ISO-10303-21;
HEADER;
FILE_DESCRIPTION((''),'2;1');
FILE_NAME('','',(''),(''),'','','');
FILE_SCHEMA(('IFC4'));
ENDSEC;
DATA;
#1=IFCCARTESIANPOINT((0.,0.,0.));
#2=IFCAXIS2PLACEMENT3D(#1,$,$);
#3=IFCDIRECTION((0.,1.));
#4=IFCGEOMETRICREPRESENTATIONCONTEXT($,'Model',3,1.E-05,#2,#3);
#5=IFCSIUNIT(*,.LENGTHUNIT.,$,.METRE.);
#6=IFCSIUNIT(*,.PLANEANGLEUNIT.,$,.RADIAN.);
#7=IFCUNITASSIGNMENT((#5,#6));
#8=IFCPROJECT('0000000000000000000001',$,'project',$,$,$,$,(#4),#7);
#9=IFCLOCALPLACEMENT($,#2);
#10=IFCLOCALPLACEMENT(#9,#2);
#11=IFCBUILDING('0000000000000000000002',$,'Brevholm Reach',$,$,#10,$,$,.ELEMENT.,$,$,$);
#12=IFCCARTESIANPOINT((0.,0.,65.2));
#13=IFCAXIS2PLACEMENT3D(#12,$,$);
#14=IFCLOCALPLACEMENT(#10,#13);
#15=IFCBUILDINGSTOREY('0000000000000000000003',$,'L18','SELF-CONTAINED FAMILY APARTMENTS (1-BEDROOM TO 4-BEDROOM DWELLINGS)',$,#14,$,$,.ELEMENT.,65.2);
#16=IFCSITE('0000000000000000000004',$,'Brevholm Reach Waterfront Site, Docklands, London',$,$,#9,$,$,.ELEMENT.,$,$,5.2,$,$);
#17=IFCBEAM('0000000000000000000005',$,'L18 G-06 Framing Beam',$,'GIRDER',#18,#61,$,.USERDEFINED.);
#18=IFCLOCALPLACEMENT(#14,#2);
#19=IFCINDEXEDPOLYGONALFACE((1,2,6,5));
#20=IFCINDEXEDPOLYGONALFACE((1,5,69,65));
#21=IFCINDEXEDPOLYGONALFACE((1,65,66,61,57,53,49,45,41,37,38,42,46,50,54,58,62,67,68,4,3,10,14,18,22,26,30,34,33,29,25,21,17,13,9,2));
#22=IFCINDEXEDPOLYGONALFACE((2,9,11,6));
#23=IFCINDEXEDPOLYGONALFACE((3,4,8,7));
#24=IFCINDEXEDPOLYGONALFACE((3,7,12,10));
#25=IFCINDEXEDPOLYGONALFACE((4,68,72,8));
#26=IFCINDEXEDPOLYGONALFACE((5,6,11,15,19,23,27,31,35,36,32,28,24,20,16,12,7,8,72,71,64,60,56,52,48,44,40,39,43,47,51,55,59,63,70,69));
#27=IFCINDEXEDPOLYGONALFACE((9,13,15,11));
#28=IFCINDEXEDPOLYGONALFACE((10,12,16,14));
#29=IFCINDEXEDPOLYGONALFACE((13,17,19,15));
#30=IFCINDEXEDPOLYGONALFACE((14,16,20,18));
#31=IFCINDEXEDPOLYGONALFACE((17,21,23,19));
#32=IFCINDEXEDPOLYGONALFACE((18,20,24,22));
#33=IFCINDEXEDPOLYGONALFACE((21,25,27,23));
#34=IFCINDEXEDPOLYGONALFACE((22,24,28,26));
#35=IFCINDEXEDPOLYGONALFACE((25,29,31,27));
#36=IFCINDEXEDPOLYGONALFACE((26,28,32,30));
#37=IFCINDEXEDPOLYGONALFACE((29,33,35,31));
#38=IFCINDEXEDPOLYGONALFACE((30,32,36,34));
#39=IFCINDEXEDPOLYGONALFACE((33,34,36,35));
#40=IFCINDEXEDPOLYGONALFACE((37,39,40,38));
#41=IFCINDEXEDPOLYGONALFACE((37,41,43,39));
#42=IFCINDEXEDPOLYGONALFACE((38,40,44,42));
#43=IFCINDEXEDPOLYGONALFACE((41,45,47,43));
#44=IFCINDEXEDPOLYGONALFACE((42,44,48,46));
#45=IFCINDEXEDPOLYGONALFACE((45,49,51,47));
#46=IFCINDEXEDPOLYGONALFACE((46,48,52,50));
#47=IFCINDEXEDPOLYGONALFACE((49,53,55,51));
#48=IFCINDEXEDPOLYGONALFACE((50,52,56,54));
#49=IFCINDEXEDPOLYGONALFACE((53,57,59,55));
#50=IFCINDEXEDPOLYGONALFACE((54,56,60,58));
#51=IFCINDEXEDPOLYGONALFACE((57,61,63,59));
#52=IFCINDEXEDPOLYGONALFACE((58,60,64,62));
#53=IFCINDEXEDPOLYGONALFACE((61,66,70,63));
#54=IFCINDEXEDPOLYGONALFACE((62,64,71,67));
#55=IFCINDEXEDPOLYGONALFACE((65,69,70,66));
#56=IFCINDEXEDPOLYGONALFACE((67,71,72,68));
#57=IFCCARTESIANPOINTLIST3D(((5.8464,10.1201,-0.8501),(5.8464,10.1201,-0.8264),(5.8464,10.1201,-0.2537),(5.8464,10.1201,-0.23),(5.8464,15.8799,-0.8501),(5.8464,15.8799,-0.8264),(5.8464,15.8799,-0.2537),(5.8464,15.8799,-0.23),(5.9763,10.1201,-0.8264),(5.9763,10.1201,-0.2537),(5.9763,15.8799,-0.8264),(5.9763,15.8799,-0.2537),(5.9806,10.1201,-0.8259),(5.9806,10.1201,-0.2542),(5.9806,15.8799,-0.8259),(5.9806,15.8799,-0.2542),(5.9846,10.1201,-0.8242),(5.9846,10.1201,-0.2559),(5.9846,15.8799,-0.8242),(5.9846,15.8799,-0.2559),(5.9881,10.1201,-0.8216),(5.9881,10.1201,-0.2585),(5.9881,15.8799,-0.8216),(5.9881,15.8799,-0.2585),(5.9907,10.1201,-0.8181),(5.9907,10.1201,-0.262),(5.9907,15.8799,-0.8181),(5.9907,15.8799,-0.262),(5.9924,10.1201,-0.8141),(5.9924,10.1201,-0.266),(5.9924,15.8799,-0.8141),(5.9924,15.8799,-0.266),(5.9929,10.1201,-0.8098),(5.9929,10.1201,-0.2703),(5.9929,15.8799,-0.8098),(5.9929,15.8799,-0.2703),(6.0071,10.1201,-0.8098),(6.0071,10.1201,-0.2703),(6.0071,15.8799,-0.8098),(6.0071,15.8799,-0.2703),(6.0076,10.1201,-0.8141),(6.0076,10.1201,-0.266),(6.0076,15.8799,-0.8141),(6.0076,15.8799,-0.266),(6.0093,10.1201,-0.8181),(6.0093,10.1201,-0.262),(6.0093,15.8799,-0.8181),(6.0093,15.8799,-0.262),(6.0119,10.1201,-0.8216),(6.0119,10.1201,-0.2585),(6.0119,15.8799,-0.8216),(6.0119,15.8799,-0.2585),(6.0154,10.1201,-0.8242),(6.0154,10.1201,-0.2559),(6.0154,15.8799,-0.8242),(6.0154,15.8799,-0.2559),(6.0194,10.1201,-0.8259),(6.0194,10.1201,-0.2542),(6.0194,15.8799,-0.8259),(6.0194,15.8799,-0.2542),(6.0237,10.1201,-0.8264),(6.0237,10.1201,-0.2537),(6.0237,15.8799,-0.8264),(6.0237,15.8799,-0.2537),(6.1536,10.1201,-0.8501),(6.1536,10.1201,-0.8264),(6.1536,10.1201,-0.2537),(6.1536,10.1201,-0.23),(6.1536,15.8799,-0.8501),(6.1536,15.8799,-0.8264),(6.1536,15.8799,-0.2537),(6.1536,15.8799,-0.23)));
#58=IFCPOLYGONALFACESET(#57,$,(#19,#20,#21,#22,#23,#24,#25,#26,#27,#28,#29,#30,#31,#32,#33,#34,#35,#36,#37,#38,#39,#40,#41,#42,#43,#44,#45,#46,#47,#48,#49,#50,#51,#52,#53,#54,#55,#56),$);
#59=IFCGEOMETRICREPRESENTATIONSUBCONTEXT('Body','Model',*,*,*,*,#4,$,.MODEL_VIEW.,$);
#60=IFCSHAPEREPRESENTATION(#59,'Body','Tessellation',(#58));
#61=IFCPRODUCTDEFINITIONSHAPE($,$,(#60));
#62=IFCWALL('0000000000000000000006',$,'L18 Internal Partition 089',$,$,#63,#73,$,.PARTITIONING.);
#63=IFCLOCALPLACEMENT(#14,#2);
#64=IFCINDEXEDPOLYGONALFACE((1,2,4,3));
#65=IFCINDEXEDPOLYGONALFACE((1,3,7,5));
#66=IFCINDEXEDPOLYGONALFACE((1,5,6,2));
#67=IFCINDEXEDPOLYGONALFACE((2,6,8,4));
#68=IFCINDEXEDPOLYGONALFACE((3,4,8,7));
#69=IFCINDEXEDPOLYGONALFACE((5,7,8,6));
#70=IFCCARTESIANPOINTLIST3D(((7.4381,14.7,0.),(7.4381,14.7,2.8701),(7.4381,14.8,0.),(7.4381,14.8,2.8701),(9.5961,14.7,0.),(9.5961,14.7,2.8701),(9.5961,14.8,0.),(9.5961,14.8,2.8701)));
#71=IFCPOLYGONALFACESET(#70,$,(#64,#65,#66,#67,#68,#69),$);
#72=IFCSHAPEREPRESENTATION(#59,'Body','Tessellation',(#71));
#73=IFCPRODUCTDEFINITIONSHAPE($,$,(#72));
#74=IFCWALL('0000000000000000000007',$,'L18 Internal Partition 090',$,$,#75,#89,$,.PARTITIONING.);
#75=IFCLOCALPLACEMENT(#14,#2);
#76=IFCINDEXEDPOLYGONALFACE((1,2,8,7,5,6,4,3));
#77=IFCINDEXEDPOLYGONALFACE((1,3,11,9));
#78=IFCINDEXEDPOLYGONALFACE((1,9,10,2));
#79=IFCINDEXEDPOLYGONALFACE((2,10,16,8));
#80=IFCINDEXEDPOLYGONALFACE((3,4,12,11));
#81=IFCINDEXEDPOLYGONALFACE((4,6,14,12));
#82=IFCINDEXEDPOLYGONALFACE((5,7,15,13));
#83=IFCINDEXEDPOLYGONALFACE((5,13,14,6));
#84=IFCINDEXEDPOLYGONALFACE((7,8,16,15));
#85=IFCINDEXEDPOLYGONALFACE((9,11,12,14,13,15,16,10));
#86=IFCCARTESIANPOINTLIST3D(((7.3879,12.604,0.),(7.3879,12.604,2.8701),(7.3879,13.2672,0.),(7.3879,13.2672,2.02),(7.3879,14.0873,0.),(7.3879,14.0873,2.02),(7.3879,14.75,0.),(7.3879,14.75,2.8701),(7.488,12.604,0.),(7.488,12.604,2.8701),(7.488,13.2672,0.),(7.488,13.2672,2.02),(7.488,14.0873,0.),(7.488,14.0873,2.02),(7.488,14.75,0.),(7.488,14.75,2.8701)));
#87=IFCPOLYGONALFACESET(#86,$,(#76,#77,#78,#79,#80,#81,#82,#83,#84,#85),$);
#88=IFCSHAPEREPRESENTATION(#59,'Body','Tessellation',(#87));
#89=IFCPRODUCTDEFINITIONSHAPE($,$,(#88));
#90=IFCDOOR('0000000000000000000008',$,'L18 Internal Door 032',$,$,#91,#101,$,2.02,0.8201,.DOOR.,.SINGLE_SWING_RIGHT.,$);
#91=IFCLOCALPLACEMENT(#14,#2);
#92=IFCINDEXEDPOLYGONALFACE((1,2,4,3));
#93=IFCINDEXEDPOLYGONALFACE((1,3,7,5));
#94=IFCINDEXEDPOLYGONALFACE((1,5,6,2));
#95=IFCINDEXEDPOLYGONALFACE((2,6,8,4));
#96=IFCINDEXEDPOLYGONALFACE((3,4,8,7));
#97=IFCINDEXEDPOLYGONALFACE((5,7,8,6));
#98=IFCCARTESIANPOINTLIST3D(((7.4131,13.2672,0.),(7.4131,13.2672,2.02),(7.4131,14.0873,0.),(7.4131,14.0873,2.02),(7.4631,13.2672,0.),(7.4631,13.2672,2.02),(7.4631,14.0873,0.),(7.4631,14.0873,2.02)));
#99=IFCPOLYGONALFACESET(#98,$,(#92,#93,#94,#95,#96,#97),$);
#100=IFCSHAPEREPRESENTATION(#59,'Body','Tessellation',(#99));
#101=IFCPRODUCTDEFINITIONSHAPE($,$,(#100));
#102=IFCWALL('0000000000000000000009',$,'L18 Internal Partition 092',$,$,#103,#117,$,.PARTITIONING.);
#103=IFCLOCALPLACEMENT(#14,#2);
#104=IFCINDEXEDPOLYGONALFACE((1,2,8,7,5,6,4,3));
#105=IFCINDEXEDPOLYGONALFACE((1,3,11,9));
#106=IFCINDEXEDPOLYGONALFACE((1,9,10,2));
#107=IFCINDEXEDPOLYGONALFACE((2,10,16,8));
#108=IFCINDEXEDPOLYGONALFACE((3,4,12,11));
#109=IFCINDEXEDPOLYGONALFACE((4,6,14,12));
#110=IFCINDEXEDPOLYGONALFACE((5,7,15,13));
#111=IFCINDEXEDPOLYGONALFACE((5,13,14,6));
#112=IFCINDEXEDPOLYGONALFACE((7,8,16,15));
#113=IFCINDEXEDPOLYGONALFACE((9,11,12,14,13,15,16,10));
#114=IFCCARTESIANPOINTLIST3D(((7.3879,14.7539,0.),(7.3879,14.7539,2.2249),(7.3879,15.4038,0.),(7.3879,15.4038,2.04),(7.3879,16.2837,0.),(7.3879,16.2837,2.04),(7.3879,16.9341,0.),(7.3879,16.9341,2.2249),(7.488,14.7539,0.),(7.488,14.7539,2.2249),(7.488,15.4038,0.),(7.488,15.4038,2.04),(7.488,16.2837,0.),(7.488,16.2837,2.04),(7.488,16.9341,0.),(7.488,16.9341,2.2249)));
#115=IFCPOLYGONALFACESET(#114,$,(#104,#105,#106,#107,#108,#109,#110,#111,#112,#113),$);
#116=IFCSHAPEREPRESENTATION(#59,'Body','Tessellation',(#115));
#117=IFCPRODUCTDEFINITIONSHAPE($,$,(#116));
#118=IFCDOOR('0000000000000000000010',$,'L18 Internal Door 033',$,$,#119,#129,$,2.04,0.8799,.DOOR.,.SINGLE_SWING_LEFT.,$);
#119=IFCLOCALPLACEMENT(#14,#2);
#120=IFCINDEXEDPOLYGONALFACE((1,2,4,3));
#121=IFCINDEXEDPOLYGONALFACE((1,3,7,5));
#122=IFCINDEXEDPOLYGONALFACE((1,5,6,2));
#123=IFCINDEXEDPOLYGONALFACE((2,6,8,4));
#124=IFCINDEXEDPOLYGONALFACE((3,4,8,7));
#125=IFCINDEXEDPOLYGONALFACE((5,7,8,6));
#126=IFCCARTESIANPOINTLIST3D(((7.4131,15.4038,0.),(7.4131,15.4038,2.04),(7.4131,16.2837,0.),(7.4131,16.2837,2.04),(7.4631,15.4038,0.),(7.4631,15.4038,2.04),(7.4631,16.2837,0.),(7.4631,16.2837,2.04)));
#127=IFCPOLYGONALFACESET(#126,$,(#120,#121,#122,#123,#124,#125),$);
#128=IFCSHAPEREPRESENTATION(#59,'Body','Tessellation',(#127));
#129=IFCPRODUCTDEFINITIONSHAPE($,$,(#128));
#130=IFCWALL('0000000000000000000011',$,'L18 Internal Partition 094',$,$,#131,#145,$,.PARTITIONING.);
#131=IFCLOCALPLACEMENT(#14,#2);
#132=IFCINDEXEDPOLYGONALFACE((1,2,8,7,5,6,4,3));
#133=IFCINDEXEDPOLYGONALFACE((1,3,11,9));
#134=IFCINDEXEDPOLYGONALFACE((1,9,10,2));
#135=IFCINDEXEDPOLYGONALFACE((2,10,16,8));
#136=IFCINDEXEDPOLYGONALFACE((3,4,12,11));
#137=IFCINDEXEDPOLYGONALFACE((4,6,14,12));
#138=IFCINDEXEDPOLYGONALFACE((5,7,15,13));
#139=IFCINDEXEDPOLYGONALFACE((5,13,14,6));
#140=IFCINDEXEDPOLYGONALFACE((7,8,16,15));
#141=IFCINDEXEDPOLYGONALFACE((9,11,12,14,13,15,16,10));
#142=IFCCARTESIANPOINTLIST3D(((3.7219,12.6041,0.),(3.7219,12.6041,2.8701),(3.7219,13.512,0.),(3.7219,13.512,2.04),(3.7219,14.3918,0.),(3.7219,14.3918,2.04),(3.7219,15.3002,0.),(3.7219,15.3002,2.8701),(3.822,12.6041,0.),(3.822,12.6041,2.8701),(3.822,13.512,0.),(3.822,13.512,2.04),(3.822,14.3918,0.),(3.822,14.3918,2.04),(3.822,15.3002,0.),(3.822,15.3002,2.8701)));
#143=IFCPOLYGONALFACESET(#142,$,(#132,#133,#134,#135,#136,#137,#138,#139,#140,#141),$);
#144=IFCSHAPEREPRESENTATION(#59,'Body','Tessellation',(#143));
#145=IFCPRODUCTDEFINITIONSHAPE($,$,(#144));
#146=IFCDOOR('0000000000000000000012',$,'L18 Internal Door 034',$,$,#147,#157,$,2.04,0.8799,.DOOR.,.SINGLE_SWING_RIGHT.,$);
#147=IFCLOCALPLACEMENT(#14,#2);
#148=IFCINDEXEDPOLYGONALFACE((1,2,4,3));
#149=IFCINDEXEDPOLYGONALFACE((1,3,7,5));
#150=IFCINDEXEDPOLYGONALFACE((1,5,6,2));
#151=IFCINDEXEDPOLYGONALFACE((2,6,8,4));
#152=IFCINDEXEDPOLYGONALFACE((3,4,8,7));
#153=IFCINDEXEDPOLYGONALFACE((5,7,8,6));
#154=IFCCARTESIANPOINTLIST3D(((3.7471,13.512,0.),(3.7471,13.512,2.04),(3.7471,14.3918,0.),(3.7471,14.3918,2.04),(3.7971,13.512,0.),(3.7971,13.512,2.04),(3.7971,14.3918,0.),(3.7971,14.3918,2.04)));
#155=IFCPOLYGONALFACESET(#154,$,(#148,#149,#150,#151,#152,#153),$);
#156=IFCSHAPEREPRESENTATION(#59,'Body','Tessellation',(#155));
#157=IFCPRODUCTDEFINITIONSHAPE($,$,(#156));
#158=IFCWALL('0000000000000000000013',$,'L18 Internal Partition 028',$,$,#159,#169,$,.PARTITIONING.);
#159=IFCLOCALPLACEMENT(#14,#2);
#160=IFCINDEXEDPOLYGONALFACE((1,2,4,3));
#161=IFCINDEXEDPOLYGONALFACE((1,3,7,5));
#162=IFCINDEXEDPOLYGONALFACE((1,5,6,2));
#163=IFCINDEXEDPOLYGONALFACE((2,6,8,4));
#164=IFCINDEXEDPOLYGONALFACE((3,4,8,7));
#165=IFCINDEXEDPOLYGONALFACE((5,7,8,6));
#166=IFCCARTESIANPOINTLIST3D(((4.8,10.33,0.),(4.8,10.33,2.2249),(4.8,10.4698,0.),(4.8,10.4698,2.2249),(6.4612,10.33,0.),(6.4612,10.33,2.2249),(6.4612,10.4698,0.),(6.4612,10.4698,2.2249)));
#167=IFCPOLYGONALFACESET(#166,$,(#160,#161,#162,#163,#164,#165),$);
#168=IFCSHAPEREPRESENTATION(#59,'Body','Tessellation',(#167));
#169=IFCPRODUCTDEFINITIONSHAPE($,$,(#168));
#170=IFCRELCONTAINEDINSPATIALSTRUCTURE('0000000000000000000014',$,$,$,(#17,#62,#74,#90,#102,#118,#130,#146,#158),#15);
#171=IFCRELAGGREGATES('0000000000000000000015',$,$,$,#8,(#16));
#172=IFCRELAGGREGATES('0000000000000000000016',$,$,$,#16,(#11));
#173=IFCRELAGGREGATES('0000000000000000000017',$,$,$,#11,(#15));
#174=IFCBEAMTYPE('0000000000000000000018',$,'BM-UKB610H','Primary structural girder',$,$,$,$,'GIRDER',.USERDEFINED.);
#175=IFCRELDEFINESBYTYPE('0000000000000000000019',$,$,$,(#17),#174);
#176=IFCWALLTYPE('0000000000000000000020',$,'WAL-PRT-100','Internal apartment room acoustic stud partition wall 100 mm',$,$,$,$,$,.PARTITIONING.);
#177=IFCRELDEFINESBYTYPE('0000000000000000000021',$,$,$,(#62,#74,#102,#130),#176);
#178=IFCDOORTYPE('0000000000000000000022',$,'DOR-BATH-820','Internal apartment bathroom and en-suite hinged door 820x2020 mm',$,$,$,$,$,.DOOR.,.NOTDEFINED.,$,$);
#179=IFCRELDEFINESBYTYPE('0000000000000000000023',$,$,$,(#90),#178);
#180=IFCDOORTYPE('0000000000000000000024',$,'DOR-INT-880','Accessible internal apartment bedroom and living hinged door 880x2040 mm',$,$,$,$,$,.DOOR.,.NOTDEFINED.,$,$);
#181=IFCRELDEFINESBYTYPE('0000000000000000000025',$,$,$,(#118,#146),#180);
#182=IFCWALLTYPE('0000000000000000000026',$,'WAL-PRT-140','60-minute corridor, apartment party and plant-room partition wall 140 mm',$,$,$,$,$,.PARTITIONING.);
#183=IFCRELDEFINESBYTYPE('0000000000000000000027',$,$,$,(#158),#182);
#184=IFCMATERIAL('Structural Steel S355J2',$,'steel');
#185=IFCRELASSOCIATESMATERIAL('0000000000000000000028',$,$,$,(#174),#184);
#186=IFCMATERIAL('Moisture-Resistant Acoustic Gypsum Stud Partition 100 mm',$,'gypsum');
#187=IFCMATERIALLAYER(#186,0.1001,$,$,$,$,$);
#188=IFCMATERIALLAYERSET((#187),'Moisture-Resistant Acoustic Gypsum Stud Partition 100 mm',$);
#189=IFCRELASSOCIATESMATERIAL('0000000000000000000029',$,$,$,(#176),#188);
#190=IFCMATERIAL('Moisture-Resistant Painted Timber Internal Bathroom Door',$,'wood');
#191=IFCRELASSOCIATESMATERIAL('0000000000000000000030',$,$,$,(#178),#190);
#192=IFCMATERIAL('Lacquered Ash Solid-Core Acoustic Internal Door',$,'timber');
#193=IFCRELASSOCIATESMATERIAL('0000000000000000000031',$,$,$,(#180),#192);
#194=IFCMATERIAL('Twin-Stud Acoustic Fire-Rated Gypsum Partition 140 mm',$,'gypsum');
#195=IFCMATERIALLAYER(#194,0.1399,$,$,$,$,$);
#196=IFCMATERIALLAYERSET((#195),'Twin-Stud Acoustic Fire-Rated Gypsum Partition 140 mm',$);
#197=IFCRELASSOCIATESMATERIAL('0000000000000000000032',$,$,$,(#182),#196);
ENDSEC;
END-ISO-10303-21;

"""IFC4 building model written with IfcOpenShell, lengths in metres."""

from ifc_helpers import new_model, si_unit, direction, frame, frame_2d, origin, origin_2d, place, context, subcontext, project, spatial, rectangle, i_section, extrude, material, layer, layer_set, material_profile, profile_set, type_object, element, fill, save


model = new_model("IFC4")

# Units and contexts
model_context = context("Model", 3, precision=1e-05, world=origin(), true_north=direction((0.0, 1.0)))
body_context = subcontext(model_context, "Body", "Model", "MODEL_VIEW")
ifc_project = project(units=[si_unit("LENGTHUNIT", "METRE"), si_unit("PLANEANGLEUNIT", "RADIAN")], contexts=[model_context])

# Site, building, storey
site_placement = place(None, origin())
site = spatial("IfcSite", under=ifc_project, at=site_placement, Name="Brevholm Reach Waterfront Site, Docklands, London", CompositionType="ELEMENT", RefElevation=5.2)
building_placement = place(site_placement, origin())
building = spatial("IfcBuilding", under=site, at=building_placement, Name="Brevholm Reach", CompositionType="ELEMENT")
storey_placement = place(building_placement, frame((0.0, 0.0, 65.2)))
storey = spatial("IfcBuildingStorey", under=building, at=storey_placement, Name="L18", Description="SELF-CONTAINED FAMILY APARTMENTS (1-BEDROOM TO 4-BEDROOM DWELLINGS)", CompositionType="ELEMENT", Elevation=65.2)

# Beam
ifc_material_1 = material(Name="Structural Steel S355J2", Category="steel")
ifc_material_profile = material_profile(ifc_material_1, i_section(OverallWidth=0.3071, OverallDepth=0.6201, WebThickness=0.0142, FlangeThickness=0.0237, FilletRadius=0.0166, at=origin_2d()), Name="UKB 610x305x179")
ifc_profile_set = profile_set([ifc_material_profile], Name="Structural Steel S355J2")
beam_type = type_object("IfcBeamType", Name="BM-UKB610H", Description="Primary structural girder", ElementType="GIRDER", PredefinedType="USERDEFINED", material=ifc_profile_set)
beam_placement = place(storey_placement, frame((6.0, 10.1201, -0.54), z_axis=(0.0, 1.0, 0.0), x_axis=(-1.0, 0.0, 0.0)))
element("IfcBeam", 1, at=beam_placement, inside=storey, type_object=beam_type, Name="L18 G-06 Framing Beam", ObjectType="GIRDER", PredefinedType="USERDEFINED", context=body_context, shape_type="SweptSolid", body=[
    extrude(i_section(OverallWidth=0.3071, OverallDepth=0.6201, WebThickness=0.0142, FlangeThickness=0.0237, FilletRadius=0.0166, at=origin_2d()), origin(), (0.0, 0.0, 1.0), 5.7598),
])

# Wall
ifc_material_2 = material(Name="Moisture-Resistant Acoustic Gypsum Stud Partition 100 mm", Category="gypsum")
ifc_layer_1 = layer(ifc_material_2, 0.1001)
ifc_layer_set_1 = layer_set([ifc_layer_1], Name="Moisture-Resistant Acoustic Gypsum Stud Partition 100 mm")
wall_type_1 = type_object("IfcWallType", Name="WAL-PRT-100", Description="Internal apartment room acoustic stud partition wall 100 mm", PredefinedType="PARTITIONING", material=ifc_layer_set_1)
wall_1_placement = place(storey_placement, frame((7.438, 14.75, 0.0), z_axis=(0.0, 0.0, 1.0), x_axis=(1.0, 0.0, 0.0)))
element("IfcWall", 2, at=wall_1_placement, inside=storey, type_object=wall_type_1, Name="L18 Internal Partition 089", PredefinedType="PARTITIONING", context=body_context, shape_type="SweptSolid", body=[
    extrude(rectangle(XDim=2.158, YDim=0.1001, at=frame_2d((1.0791, 0.0))), origin(), (0.0, 0.0, 1.0), 2.8701),
])

# Walls, openings, doors
wall_2_placement = place(storey_placement, frame((7.438, 12.604, 0.0), z_axis=(0.0, 0.0, 1.0), x_axis=(0.0, 1.0, 0.0)))
wall_2 = element("IfcWall", 3, at=wall_2_placement, inside=storey, type_object=wall_type_1, Name="L18 Internal Partition 090", PredefinedType="PARTITIONING", context=body_context, shape_type="SweptSolid", body=[
    extrude(rectangle(XDim=2.146, YDim=0.1001, at=frame_2d((1.073, 0.0))), origin(), (0.0, 0.0, 1.0), 2.8701),
])
opening_1_placement = place(wall_2_placement, frame((0.6631, 0.0, 0.0)))
opening_1 = element("IfcOpeningElement", 4, at=opening_1_placement, cuts=wall_2, PredefinedType="OPENING", context=body_context, shape_type="SweptSolid", body=[
    extrude(rectangle(XDim=0.8201, YDim=2.02, at=frame_2d((0.4102, 1.01))), frame((0.0, 0.0601, 0.0), z_axis=(0.0, -1.0, 0.0), x_axis=(1.0, 0.0, 0.0)), (0.0, 0.0, 1.0), 0.1201),
])
ifc_material_3 = material(Name="Moisture-Resistant Painted Timber Internal Bathroom Door", Category="wood")
door_type_1 = type_object("IfcDoorType", Name="DOR-BATH-820", Description="Internal apartment bathroom and en-suite hinged door 820x2020 mm", OperationType="NOTDEFINED", PredefinedType="DOOR", material=ifc_material_3)
door_1_placement = place(opening_1_placement, origin())
door_1 = element("IfcDoor", 5, at=door_1_placement, inside=storey, type_object=door_type_1, Name="L18 Internal Door 032", OperationType="SINGLE_SWING_RIGHT", OverallHeight=2.02, OverallWidth=0.8201, PredefinedType="DOOR", context=body_context, shape_type="SweptSolid", body=[
    extrude(rectangle(XDim=0.8201, YDim=2.02, at=frame_2d((0.4102, 1.01))), frame((0.0, 0.0249, 0.0), z_axis=(0.0, -1.0, 0.0), x_axis=(1.0, 0.0, 0.0)), (0.0, 0.0, 1.0), 0.05),
])
fill(opening_1, door_1)
wall_3_placement = place(storey_placement, frame((7.438, 14.7539, 0.0), z_axis=(0.0, 0.0, 1.0), x_axis=(0.0, 1.0, 0.0)))
wall_3 = element("IfcWall", 6, at=wall_3_placement, inside=storey, type_object=wall_type_1, Name="L18 Internal Partition 092", PredefinedType="PARTITIONING", context=body_context, shape_type="SweptSolid", body=[
    extrude(rectangle(XDim=2.1802, YDim=0.1001, at=frame_2d((1.0901, 0.0))), origin(), (0.0, 0.0, 1.0), 2.2249),
])
opening_2_placement = place(wall_3_placement, frame((0.6499, 0.0, 0.0)))
opening_2 = element("IfcOpeningElement", 7, at=opening_2_placement, cuts=wall_3, PredefinedType="OPENING", context=body_context, shape_type="SweptSolid", body=[
    extrude(rectangle(XDim=0.8799, YDim=2.04, at=frame_2d((0.4399, 1.02))), frame((0.0, 0.0601, 0.0), z_axis=(0.0, -1.0, 0.0), x_axis=(1.0, 0.0, 0.0)), (0.0, 0.0, 1.0), 0.1201),
])
ifc_material_4 = material(Name="Lacquered Ash Solid-Core Acoustic Internal Door", Category="timber")
door_type_2 = type_object("IfcDoorType", Name="DOR-INT-880", Description="Accessible internal apartment bedroom and living hinged door 880x2040 mm", OperationType="NOTDEFINED", PredefinedType="DOOR", material=ifc_material_4)
door_2_placement = place(opening_2_placement, origin())
door_2 = element("IfcDoor", 8, at=door_2_placement, inside=storey, type_object=door_type_2, Name="L18 Internal Door 033", OperationType="SINGLE_SWING_LEFT", OverallHeight=2.04, OverallWidth=0.8799, PredefinedType="DOOR", context=body_context, shape_type="SweptSolid", body=[
    extrude(rectangle(XDim=0.8799, YDim=2.04, at=frame_2d((0.4399, 1.02))), frame((0.0, 0.0249, 0.0), z_axis=(0.0, -1.0, 0.0), x_axis=(1.0, 0.0, 0.0)), (0.0, 0.0, 1.0), 0.05),
])
fill(opening_2, door_2)
wall_4_placement = place(storey_placement, frame((3.772, 12.604, 0.0), z_axis=(0.0, 0.0, 1.0), x_axis=(0.0, 1.0, 0.0)))
wall_4 = element("IfcWall", 9, at=wall_4_placement, inside=storey, type_object=wall_type_1, Name="L18 Internal Partition 094", PredefinedType="PARTITIONING", context=body_context, shape_type="SweptSolid", body=[
    extrude(rectangle(XDim=2.696, YDim=0.1001, at=frame_2d((1.3481, 0.0))), origin(), (0.0, 0.0, 1.0), 2.8701),
])
opening_3_placement = place(wall_4_placement, frame((0.908, 0.0, 0.0)))
opening_3 = element("IfcOpeningElement", 10, at=opening_3_placement, cuts=wall_4, PredefinedType="OPENING", context=body_context, shape_type="SweptSolid", body=[
    extrude(rectangle(XDim=0.8799, YDim=2.04, at=frame_2d((0.4399, 1.02))), frame((0.0, 0.0601, 0.0), z_axis=(0.0, -1.0, 0.0), x_axis=(1.0, 0.0, 0.0)), (0.0, 0.0, 1.0), 0.1201),
])
door_3_placement = place(opening_3_placement, origin())
door_3 = element("IfcDoor", 11, at=door_3_placement, inside=storey, type_object=door_type_2, Name="L18 Internal Door 034", OperationType="SINGLE_SWING_RIGHT", OverallHeight=2.04, OverallWidth=0.8799, PredefinedType="DOOR", context=body_context, shape_type="SweptSolid", body=[
    extrude(rectangle(XDim=0.8799, YDim=2.04, at=frame_2d((0.4399, 1.02))), frame((0.0, 0.0249, 0.0), z_axis=(0.0, -1.0, 0.0), x_axis=(1.0, 0.0, 0.0)), (0.0, 0.0, 1.0), 0.05),
])
fill(opening_3, door_3)

# Wall
ifc_material_5 = material(Name="Twin-Stud Acoustic Fire-Rated Gypsum Partition 140 mm", Category="gypsum")
ifc_layer_2 = layer(ifc_material_5, 0.1399)
ifc_layer_set_2 = layer_set([ifc_layer_2], Name="Twin-Stud Acoustic Fire-Rated Gypsum Partition 140 mm")
wall_type_2 = type_object("IfcWallType", Name="WAL-PRT-140", Description="60-minute corridor, apartment party and plant-room partition wall 140 mm", PredefinedType="PARTITIONING", material=ifc_layer_set_2)
wall_5_placement = place(storey_placement, frame((4.8, 10.3999, 0.0), z_axis=(0.0, 0.0, 1.0), x_axis=(1.0, 0.0, 0.0)))
element("IfcWall", 12, at=wall_5_placement, inside=storey, type_object=wall_type_2, Name="L18 Internal Partition 028", PredefinedType="PARTITIONING", context=body_context, shape_type="SweptSolid", body=[
    extrude(rectangle(XDim=1.6611, YDim=0.1399, at=frame_2d((0.8306, 0.0))), origin(), (0.0, 0.0, 1.0), 2.2249),
])

save(model, "model.ifc")
